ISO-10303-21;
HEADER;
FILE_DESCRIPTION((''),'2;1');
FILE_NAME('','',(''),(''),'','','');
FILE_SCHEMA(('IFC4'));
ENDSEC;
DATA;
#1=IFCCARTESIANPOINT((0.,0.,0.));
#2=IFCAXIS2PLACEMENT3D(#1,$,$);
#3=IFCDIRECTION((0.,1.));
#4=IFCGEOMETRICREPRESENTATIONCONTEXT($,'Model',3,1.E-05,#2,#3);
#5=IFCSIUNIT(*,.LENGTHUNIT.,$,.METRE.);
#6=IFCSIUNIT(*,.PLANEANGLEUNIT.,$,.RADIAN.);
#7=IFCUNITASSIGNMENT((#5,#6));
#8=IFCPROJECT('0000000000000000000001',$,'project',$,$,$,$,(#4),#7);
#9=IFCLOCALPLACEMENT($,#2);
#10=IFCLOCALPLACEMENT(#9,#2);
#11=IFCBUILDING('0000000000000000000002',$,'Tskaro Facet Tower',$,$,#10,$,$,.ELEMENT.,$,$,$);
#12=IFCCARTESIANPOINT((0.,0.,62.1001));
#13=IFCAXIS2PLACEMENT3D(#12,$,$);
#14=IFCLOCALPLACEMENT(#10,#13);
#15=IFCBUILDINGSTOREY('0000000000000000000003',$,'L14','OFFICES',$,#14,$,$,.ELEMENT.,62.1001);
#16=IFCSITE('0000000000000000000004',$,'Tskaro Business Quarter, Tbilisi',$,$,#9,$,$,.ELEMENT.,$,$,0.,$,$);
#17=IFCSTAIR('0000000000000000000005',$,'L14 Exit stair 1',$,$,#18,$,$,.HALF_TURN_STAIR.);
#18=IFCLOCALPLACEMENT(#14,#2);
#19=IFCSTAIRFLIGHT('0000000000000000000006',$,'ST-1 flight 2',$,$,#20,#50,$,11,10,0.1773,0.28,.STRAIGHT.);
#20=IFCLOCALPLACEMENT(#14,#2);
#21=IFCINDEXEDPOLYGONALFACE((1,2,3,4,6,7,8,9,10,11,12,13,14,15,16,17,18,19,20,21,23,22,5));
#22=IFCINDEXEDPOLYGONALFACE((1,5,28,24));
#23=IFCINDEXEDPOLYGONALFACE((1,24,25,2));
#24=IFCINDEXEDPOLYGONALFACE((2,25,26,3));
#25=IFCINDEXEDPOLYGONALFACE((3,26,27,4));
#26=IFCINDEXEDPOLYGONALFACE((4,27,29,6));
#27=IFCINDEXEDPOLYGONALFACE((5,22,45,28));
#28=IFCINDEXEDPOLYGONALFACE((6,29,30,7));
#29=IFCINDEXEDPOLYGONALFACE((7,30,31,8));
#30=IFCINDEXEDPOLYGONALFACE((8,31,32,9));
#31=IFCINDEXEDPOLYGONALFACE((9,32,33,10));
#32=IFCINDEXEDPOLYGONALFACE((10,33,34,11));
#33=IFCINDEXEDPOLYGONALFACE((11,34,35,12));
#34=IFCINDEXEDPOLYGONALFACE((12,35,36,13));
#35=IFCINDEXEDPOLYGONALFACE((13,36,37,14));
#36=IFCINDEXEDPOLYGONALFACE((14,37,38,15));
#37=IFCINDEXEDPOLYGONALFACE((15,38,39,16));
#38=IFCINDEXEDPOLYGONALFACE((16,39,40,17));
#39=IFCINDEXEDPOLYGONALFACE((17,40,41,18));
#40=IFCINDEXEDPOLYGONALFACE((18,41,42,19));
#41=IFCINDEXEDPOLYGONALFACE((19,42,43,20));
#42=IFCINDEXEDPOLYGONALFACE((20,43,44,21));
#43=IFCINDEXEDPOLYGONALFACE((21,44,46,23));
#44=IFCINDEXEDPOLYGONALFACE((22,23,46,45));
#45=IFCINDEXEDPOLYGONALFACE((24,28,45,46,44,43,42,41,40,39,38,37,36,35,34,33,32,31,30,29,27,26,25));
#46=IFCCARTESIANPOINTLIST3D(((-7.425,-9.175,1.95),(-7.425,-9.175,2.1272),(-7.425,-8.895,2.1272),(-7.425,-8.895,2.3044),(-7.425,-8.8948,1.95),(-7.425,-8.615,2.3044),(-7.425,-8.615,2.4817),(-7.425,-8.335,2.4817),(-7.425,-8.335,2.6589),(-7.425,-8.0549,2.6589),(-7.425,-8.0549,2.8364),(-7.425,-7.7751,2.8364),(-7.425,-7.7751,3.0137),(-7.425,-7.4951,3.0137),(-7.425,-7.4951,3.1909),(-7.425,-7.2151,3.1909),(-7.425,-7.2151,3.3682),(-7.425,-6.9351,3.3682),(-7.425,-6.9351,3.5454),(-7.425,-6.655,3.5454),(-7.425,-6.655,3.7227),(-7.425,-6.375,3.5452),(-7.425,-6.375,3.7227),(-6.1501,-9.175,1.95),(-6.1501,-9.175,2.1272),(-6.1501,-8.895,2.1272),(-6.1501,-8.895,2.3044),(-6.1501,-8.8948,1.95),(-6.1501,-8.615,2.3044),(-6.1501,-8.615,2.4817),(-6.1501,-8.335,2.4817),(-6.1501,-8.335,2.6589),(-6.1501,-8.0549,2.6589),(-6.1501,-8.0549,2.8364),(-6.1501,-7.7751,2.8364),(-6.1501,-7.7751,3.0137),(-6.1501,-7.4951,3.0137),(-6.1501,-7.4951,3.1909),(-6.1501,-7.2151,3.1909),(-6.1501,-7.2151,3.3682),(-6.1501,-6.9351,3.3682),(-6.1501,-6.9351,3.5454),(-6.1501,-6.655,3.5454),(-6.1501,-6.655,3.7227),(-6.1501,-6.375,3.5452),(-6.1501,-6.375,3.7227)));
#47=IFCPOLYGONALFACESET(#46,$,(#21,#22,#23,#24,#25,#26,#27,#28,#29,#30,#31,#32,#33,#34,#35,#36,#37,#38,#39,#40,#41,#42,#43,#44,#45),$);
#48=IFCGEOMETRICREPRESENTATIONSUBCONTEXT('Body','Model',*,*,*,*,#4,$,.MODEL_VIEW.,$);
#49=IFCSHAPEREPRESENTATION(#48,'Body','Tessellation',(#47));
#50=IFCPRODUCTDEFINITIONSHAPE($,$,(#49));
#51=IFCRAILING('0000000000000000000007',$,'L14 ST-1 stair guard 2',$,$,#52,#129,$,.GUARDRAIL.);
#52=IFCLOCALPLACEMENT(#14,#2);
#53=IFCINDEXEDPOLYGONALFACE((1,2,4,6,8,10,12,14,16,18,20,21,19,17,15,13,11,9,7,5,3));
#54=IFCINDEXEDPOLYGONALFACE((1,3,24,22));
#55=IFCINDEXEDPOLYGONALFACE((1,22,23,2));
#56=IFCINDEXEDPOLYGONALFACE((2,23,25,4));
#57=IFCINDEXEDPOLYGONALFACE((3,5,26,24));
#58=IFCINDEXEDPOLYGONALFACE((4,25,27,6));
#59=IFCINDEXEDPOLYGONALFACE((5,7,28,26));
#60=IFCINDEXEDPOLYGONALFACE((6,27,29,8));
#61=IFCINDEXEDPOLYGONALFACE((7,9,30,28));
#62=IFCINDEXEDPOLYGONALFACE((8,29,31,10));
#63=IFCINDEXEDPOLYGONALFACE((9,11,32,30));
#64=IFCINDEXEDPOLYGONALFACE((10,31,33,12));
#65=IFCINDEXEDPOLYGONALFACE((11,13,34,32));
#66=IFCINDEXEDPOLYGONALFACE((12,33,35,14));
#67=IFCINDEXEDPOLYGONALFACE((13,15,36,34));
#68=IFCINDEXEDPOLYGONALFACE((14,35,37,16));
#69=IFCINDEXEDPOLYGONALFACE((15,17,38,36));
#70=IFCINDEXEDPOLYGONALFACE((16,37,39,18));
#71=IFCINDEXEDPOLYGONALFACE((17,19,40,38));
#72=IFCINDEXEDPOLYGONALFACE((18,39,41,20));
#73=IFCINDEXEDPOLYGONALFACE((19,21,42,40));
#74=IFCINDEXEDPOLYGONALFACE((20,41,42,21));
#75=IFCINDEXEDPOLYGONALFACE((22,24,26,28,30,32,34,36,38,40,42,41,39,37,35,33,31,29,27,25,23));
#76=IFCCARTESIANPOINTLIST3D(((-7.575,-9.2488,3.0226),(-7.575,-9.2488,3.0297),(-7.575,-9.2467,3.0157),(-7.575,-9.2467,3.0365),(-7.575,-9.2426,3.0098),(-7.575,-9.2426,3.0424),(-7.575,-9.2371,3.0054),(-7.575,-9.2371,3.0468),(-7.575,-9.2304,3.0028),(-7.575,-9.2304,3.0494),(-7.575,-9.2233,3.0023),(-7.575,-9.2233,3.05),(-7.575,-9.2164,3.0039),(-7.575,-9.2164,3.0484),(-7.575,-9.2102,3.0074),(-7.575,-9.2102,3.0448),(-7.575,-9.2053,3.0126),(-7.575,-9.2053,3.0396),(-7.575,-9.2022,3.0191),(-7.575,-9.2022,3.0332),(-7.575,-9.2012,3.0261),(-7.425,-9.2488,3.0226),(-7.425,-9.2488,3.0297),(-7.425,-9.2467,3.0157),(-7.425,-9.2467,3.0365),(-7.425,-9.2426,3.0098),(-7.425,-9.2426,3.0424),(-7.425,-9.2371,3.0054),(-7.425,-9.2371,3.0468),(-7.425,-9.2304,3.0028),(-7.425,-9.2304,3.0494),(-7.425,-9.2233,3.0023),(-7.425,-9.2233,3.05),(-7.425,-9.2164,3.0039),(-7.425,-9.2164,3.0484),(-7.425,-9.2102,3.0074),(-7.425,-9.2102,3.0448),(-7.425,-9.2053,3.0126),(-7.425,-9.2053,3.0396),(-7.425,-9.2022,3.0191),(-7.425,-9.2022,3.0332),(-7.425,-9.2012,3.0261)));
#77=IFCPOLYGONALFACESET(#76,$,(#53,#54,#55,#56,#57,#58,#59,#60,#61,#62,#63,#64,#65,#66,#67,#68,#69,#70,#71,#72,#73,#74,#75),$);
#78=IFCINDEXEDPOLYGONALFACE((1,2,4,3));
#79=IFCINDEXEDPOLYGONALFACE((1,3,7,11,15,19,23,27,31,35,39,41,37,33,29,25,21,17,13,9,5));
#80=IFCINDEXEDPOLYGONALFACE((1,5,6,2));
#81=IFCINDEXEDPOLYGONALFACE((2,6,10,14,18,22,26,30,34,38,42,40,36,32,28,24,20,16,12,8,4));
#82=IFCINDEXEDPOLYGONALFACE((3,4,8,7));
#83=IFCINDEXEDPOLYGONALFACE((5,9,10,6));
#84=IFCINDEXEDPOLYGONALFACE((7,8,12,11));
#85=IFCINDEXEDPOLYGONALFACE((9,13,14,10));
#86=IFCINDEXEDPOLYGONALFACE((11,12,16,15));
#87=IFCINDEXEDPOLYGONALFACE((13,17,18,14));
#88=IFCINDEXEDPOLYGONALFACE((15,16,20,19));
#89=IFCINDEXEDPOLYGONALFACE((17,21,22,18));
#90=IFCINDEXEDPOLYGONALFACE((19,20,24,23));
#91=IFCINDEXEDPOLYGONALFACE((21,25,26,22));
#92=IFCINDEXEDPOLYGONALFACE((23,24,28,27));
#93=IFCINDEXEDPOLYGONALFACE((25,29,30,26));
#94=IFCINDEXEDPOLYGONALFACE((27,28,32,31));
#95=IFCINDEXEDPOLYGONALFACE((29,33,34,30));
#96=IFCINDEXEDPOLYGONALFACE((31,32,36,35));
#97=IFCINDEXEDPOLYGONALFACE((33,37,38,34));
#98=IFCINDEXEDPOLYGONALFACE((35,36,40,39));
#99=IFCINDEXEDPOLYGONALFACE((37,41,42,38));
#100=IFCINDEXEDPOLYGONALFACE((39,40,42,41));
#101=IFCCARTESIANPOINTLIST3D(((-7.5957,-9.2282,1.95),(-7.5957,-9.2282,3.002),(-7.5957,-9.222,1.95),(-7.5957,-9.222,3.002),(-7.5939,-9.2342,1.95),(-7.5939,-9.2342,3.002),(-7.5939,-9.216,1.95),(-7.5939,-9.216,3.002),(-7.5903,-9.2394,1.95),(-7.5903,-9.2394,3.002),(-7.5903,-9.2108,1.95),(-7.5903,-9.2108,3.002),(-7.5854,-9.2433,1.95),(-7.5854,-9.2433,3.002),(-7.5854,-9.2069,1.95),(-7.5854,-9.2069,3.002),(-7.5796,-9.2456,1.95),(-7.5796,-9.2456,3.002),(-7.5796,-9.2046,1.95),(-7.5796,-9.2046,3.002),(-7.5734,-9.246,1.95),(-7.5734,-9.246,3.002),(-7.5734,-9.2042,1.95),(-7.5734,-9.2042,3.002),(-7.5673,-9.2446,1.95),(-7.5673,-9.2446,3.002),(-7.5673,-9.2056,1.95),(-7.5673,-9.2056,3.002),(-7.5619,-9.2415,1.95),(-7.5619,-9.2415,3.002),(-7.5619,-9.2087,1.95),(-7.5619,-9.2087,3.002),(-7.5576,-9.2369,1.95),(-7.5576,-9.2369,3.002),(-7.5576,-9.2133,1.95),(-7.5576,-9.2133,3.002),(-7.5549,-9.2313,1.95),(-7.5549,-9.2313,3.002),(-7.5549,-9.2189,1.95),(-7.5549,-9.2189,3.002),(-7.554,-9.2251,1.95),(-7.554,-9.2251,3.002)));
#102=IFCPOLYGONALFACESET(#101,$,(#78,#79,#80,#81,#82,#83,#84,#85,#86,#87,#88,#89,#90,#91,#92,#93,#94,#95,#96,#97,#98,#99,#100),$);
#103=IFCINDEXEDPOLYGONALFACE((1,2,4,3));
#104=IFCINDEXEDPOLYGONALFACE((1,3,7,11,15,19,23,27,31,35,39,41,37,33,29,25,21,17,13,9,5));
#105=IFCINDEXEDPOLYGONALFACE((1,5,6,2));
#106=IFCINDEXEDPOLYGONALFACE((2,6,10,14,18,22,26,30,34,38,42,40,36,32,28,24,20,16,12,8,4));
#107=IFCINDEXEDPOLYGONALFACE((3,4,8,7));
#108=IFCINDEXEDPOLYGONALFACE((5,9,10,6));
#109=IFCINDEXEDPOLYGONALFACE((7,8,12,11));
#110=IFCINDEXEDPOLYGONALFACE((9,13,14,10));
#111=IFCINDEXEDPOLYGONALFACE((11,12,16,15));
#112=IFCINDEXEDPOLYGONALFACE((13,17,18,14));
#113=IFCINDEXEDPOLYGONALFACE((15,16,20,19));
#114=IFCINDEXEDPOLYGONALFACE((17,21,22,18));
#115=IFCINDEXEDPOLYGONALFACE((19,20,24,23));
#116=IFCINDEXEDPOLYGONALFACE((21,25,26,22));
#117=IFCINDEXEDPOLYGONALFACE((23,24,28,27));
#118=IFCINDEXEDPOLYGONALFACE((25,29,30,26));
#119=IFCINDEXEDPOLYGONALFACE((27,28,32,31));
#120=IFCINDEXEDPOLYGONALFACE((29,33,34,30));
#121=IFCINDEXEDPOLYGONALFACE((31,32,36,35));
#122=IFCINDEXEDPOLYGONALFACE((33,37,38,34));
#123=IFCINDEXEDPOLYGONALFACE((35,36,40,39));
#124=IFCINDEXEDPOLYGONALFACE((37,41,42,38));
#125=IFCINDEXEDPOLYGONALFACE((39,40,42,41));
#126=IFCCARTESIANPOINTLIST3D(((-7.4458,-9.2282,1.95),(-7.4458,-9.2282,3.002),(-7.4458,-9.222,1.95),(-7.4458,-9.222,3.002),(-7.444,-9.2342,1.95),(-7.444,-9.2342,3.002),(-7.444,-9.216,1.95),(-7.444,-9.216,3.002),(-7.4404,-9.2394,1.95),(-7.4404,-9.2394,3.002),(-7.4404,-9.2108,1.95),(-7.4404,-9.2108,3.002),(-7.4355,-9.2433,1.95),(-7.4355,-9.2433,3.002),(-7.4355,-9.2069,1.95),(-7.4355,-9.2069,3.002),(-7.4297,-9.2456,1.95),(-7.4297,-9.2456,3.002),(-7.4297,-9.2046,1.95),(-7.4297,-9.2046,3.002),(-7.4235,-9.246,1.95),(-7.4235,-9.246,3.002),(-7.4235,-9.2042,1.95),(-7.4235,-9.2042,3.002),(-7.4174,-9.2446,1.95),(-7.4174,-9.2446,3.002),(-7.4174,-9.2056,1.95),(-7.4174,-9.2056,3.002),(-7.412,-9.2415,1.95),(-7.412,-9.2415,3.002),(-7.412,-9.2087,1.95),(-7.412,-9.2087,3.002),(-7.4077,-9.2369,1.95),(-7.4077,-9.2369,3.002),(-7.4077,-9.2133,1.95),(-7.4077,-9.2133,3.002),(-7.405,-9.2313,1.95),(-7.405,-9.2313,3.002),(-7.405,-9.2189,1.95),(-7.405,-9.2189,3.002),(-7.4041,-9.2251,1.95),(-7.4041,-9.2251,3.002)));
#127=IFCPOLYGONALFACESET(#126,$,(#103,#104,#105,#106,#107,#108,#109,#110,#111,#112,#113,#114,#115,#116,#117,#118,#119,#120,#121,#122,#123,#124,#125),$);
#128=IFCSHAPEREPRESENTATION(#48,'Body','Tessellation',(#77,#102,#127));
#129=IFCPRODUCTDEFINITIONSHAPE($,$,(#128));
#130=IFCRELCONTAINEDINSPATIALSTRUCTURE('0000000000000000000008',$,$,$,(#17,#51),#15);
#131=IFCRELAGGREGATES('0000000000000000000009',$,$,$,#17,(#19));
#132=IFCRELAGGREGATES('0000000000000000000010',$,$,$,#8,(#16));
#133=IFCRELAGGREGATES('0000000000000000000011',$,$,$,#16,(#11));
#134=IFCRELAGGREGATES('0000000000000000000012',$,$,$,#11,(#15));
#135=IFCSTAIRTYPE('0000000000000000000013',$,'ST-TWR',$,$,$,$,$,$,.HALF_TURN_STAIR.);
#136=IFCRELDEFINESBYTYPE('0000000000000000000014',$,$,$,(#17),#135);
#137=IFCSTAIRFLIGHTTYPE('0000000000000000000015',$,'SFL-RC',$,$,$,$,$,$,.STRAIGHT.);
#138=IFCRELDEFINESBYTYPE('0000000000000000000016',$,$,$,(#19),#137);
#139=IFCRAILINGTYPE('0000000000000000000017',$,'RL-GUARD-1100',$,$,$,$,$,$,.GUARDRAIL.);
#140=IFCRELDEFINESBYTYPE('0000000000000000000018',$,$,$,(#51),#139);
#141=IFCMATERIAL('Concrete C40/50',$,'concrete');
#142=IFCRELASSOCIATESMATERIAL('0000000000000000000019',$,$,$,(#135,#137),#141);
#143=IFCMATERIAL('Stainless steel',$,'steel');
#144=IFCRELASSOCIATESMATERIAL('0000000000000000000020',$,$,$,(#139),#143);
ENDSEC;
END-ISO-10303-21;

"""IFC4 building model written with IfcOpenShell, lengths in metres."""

from ifc_helpers import new_model, si_unit, direction, frame, origin, origin_2d, place, context, subcontext, project, spatial, polyline, circle, outline, extrude, material, type_object, element, aggregate, save


model = new_model("IFC4")

# Units and contexts
model_context = context("Model", 3, precision=1e-05, world=origin(), true_north=direction((0.0, 1.0)))
body_context = subcontext(model_context, "Body", "Model", "MODEL_VIEW")
ifc_project = project(units=[si_unit("LENGTHUNIT", "METRE"), si_unit("PLANEANGLEUNIT", "RADIAN")], contexts=[model_context])

# Site, building, storey
site_placement = place(None, origin())
site = spatial("IfcSite", under=ifc_project, at=site_placement, Name="Tskaro Business Quarter, Tbilisi", CompositionType="ELEMENT", RefElevation=0.0)
building_placement = place(site_placement, origin())
building = spatial("IfcBuilding", under=site, at=building_placement, Name="Tskaro Facet Tower", CompositionType="ELEMENT")
storey_placement = place(building_placement, frame((0.0, 0.0, 62.1001)))
storey = spatial("IfcBuildingStorey", under=building, at=storey_placement, Name="L14", Description="OFFICES", CompositionType="ELEMENT", Elevation=62.1001)

# Shared definitions
ifc_material_1 = material(Name="Stainless steel", Category="steel")

# Stair, stair flight
ifc_material_2 = material(Name="Concrete C40/50", Category="concrete")
stair_type = type_object("IfcStairType", Name="ST-TWR", PredefinedType="HALF_TURN_STAIR", material=ifc_material_2)
stair_placement = place(storey_placement, origin())
stair = element("IfcStair", 1, at=stair_placement, inside=storey, type_object=stair_type, Name="L14 Exit stair 1", PredefinedType="HALF_TURN_STAIR")
stair_flight_type = type_object("IfcStairFlightType", Name="SFL-RC", PredefinedType="STRAIGHT", material=ifc_material_2)
stair_flight_placement = place(storey_placement, frame((-6.7876, -9.175, 1.95), z_axis=(0.0, 0.0, 1.0), x_axis=(0.0, 1.0, 0.0)))
stair_flight = element("IfcStairFlight", 2, at=stair_flight_placement, type_object=stair_flight_type, Name="ST-1 flight 2", NumberOfRisers=11, NumberOfTreads=10, PredefinedType="STRAIGHT", RiserHeight=0.1773, TreadLength=0.28, context=body_context, shape_type="SweptSolid", body=[
    extrude(outline(polyline([(0.0, 0.0), (0.0, 0.1772), (0.28, 0.1772), (0.28, 0.3545), (0.5601, 0.3545), (0.5601, 0.5317), (0.8401, 0.5317), (0.8401, 0.709), (1.1201, 0.709), (1.1201, 0.8865), (1.3999, 0.8865), (1.3999, 1.0637), (1.6799, 1.0637), (1.6799, 1.241), (1.96, 1.241), (1.96, 1.4182), (2.24, 1.4182), (2.24, 1.5955), (2.52, 1.5955), (2.52, 1.7727), (2.8, 1.7727), (2.8, 1.95), (2.8, 1.5952), (0.2803, 0.0), (0.0, 0.0)])), frame((0.0, 0.6375, 0.0), z_axis=(0.0, -1.0, 0.0), x_axis=(1.0, 0.0, 0.0)), (0.0, 0.0, 1.0), 1.2749),
])
aggregate(stair, [stair_flight])

# Railing
railing_type_1 = type_object("IfcRailingType", Name="RL-GUARD-1100", PredefinedType="GUARDRAIL", material=ifc_material_1)
railing_1_placement = place(storey_placement, frame((-7.575, -9.2251, 1.95)))
element("IfcRailing", 3, at=railing_1_placement, inside=storey, type_object=railing_type_1, Name="L14 ST-1 stair guard 2", PredefinedType="GUARDRAIL", context=body_context, shape_type="SweptSolid", body=[
    extrude(circle(Radius=0.0239, at=origin_2d()), frame((0.0, 0.0, 1.0762), z_axis=(1.0, 0.0, 0.0), x_axis=(0.0, 1.0, 0.0)), (0.0, 0.0, 1.0), 0.1499),
    extrude(circle(Radius=0.021, at=origin_2d()), origin(), (0.0, 0.0, 1.0), 1.052),
    extrude(circle(Radius=0.021, at=origin_2d()), frame((0.1499, 0.0, 0.0)), (0.0, 0.0, 1.0), 1.052),
])

save(model, "model.ifc")
